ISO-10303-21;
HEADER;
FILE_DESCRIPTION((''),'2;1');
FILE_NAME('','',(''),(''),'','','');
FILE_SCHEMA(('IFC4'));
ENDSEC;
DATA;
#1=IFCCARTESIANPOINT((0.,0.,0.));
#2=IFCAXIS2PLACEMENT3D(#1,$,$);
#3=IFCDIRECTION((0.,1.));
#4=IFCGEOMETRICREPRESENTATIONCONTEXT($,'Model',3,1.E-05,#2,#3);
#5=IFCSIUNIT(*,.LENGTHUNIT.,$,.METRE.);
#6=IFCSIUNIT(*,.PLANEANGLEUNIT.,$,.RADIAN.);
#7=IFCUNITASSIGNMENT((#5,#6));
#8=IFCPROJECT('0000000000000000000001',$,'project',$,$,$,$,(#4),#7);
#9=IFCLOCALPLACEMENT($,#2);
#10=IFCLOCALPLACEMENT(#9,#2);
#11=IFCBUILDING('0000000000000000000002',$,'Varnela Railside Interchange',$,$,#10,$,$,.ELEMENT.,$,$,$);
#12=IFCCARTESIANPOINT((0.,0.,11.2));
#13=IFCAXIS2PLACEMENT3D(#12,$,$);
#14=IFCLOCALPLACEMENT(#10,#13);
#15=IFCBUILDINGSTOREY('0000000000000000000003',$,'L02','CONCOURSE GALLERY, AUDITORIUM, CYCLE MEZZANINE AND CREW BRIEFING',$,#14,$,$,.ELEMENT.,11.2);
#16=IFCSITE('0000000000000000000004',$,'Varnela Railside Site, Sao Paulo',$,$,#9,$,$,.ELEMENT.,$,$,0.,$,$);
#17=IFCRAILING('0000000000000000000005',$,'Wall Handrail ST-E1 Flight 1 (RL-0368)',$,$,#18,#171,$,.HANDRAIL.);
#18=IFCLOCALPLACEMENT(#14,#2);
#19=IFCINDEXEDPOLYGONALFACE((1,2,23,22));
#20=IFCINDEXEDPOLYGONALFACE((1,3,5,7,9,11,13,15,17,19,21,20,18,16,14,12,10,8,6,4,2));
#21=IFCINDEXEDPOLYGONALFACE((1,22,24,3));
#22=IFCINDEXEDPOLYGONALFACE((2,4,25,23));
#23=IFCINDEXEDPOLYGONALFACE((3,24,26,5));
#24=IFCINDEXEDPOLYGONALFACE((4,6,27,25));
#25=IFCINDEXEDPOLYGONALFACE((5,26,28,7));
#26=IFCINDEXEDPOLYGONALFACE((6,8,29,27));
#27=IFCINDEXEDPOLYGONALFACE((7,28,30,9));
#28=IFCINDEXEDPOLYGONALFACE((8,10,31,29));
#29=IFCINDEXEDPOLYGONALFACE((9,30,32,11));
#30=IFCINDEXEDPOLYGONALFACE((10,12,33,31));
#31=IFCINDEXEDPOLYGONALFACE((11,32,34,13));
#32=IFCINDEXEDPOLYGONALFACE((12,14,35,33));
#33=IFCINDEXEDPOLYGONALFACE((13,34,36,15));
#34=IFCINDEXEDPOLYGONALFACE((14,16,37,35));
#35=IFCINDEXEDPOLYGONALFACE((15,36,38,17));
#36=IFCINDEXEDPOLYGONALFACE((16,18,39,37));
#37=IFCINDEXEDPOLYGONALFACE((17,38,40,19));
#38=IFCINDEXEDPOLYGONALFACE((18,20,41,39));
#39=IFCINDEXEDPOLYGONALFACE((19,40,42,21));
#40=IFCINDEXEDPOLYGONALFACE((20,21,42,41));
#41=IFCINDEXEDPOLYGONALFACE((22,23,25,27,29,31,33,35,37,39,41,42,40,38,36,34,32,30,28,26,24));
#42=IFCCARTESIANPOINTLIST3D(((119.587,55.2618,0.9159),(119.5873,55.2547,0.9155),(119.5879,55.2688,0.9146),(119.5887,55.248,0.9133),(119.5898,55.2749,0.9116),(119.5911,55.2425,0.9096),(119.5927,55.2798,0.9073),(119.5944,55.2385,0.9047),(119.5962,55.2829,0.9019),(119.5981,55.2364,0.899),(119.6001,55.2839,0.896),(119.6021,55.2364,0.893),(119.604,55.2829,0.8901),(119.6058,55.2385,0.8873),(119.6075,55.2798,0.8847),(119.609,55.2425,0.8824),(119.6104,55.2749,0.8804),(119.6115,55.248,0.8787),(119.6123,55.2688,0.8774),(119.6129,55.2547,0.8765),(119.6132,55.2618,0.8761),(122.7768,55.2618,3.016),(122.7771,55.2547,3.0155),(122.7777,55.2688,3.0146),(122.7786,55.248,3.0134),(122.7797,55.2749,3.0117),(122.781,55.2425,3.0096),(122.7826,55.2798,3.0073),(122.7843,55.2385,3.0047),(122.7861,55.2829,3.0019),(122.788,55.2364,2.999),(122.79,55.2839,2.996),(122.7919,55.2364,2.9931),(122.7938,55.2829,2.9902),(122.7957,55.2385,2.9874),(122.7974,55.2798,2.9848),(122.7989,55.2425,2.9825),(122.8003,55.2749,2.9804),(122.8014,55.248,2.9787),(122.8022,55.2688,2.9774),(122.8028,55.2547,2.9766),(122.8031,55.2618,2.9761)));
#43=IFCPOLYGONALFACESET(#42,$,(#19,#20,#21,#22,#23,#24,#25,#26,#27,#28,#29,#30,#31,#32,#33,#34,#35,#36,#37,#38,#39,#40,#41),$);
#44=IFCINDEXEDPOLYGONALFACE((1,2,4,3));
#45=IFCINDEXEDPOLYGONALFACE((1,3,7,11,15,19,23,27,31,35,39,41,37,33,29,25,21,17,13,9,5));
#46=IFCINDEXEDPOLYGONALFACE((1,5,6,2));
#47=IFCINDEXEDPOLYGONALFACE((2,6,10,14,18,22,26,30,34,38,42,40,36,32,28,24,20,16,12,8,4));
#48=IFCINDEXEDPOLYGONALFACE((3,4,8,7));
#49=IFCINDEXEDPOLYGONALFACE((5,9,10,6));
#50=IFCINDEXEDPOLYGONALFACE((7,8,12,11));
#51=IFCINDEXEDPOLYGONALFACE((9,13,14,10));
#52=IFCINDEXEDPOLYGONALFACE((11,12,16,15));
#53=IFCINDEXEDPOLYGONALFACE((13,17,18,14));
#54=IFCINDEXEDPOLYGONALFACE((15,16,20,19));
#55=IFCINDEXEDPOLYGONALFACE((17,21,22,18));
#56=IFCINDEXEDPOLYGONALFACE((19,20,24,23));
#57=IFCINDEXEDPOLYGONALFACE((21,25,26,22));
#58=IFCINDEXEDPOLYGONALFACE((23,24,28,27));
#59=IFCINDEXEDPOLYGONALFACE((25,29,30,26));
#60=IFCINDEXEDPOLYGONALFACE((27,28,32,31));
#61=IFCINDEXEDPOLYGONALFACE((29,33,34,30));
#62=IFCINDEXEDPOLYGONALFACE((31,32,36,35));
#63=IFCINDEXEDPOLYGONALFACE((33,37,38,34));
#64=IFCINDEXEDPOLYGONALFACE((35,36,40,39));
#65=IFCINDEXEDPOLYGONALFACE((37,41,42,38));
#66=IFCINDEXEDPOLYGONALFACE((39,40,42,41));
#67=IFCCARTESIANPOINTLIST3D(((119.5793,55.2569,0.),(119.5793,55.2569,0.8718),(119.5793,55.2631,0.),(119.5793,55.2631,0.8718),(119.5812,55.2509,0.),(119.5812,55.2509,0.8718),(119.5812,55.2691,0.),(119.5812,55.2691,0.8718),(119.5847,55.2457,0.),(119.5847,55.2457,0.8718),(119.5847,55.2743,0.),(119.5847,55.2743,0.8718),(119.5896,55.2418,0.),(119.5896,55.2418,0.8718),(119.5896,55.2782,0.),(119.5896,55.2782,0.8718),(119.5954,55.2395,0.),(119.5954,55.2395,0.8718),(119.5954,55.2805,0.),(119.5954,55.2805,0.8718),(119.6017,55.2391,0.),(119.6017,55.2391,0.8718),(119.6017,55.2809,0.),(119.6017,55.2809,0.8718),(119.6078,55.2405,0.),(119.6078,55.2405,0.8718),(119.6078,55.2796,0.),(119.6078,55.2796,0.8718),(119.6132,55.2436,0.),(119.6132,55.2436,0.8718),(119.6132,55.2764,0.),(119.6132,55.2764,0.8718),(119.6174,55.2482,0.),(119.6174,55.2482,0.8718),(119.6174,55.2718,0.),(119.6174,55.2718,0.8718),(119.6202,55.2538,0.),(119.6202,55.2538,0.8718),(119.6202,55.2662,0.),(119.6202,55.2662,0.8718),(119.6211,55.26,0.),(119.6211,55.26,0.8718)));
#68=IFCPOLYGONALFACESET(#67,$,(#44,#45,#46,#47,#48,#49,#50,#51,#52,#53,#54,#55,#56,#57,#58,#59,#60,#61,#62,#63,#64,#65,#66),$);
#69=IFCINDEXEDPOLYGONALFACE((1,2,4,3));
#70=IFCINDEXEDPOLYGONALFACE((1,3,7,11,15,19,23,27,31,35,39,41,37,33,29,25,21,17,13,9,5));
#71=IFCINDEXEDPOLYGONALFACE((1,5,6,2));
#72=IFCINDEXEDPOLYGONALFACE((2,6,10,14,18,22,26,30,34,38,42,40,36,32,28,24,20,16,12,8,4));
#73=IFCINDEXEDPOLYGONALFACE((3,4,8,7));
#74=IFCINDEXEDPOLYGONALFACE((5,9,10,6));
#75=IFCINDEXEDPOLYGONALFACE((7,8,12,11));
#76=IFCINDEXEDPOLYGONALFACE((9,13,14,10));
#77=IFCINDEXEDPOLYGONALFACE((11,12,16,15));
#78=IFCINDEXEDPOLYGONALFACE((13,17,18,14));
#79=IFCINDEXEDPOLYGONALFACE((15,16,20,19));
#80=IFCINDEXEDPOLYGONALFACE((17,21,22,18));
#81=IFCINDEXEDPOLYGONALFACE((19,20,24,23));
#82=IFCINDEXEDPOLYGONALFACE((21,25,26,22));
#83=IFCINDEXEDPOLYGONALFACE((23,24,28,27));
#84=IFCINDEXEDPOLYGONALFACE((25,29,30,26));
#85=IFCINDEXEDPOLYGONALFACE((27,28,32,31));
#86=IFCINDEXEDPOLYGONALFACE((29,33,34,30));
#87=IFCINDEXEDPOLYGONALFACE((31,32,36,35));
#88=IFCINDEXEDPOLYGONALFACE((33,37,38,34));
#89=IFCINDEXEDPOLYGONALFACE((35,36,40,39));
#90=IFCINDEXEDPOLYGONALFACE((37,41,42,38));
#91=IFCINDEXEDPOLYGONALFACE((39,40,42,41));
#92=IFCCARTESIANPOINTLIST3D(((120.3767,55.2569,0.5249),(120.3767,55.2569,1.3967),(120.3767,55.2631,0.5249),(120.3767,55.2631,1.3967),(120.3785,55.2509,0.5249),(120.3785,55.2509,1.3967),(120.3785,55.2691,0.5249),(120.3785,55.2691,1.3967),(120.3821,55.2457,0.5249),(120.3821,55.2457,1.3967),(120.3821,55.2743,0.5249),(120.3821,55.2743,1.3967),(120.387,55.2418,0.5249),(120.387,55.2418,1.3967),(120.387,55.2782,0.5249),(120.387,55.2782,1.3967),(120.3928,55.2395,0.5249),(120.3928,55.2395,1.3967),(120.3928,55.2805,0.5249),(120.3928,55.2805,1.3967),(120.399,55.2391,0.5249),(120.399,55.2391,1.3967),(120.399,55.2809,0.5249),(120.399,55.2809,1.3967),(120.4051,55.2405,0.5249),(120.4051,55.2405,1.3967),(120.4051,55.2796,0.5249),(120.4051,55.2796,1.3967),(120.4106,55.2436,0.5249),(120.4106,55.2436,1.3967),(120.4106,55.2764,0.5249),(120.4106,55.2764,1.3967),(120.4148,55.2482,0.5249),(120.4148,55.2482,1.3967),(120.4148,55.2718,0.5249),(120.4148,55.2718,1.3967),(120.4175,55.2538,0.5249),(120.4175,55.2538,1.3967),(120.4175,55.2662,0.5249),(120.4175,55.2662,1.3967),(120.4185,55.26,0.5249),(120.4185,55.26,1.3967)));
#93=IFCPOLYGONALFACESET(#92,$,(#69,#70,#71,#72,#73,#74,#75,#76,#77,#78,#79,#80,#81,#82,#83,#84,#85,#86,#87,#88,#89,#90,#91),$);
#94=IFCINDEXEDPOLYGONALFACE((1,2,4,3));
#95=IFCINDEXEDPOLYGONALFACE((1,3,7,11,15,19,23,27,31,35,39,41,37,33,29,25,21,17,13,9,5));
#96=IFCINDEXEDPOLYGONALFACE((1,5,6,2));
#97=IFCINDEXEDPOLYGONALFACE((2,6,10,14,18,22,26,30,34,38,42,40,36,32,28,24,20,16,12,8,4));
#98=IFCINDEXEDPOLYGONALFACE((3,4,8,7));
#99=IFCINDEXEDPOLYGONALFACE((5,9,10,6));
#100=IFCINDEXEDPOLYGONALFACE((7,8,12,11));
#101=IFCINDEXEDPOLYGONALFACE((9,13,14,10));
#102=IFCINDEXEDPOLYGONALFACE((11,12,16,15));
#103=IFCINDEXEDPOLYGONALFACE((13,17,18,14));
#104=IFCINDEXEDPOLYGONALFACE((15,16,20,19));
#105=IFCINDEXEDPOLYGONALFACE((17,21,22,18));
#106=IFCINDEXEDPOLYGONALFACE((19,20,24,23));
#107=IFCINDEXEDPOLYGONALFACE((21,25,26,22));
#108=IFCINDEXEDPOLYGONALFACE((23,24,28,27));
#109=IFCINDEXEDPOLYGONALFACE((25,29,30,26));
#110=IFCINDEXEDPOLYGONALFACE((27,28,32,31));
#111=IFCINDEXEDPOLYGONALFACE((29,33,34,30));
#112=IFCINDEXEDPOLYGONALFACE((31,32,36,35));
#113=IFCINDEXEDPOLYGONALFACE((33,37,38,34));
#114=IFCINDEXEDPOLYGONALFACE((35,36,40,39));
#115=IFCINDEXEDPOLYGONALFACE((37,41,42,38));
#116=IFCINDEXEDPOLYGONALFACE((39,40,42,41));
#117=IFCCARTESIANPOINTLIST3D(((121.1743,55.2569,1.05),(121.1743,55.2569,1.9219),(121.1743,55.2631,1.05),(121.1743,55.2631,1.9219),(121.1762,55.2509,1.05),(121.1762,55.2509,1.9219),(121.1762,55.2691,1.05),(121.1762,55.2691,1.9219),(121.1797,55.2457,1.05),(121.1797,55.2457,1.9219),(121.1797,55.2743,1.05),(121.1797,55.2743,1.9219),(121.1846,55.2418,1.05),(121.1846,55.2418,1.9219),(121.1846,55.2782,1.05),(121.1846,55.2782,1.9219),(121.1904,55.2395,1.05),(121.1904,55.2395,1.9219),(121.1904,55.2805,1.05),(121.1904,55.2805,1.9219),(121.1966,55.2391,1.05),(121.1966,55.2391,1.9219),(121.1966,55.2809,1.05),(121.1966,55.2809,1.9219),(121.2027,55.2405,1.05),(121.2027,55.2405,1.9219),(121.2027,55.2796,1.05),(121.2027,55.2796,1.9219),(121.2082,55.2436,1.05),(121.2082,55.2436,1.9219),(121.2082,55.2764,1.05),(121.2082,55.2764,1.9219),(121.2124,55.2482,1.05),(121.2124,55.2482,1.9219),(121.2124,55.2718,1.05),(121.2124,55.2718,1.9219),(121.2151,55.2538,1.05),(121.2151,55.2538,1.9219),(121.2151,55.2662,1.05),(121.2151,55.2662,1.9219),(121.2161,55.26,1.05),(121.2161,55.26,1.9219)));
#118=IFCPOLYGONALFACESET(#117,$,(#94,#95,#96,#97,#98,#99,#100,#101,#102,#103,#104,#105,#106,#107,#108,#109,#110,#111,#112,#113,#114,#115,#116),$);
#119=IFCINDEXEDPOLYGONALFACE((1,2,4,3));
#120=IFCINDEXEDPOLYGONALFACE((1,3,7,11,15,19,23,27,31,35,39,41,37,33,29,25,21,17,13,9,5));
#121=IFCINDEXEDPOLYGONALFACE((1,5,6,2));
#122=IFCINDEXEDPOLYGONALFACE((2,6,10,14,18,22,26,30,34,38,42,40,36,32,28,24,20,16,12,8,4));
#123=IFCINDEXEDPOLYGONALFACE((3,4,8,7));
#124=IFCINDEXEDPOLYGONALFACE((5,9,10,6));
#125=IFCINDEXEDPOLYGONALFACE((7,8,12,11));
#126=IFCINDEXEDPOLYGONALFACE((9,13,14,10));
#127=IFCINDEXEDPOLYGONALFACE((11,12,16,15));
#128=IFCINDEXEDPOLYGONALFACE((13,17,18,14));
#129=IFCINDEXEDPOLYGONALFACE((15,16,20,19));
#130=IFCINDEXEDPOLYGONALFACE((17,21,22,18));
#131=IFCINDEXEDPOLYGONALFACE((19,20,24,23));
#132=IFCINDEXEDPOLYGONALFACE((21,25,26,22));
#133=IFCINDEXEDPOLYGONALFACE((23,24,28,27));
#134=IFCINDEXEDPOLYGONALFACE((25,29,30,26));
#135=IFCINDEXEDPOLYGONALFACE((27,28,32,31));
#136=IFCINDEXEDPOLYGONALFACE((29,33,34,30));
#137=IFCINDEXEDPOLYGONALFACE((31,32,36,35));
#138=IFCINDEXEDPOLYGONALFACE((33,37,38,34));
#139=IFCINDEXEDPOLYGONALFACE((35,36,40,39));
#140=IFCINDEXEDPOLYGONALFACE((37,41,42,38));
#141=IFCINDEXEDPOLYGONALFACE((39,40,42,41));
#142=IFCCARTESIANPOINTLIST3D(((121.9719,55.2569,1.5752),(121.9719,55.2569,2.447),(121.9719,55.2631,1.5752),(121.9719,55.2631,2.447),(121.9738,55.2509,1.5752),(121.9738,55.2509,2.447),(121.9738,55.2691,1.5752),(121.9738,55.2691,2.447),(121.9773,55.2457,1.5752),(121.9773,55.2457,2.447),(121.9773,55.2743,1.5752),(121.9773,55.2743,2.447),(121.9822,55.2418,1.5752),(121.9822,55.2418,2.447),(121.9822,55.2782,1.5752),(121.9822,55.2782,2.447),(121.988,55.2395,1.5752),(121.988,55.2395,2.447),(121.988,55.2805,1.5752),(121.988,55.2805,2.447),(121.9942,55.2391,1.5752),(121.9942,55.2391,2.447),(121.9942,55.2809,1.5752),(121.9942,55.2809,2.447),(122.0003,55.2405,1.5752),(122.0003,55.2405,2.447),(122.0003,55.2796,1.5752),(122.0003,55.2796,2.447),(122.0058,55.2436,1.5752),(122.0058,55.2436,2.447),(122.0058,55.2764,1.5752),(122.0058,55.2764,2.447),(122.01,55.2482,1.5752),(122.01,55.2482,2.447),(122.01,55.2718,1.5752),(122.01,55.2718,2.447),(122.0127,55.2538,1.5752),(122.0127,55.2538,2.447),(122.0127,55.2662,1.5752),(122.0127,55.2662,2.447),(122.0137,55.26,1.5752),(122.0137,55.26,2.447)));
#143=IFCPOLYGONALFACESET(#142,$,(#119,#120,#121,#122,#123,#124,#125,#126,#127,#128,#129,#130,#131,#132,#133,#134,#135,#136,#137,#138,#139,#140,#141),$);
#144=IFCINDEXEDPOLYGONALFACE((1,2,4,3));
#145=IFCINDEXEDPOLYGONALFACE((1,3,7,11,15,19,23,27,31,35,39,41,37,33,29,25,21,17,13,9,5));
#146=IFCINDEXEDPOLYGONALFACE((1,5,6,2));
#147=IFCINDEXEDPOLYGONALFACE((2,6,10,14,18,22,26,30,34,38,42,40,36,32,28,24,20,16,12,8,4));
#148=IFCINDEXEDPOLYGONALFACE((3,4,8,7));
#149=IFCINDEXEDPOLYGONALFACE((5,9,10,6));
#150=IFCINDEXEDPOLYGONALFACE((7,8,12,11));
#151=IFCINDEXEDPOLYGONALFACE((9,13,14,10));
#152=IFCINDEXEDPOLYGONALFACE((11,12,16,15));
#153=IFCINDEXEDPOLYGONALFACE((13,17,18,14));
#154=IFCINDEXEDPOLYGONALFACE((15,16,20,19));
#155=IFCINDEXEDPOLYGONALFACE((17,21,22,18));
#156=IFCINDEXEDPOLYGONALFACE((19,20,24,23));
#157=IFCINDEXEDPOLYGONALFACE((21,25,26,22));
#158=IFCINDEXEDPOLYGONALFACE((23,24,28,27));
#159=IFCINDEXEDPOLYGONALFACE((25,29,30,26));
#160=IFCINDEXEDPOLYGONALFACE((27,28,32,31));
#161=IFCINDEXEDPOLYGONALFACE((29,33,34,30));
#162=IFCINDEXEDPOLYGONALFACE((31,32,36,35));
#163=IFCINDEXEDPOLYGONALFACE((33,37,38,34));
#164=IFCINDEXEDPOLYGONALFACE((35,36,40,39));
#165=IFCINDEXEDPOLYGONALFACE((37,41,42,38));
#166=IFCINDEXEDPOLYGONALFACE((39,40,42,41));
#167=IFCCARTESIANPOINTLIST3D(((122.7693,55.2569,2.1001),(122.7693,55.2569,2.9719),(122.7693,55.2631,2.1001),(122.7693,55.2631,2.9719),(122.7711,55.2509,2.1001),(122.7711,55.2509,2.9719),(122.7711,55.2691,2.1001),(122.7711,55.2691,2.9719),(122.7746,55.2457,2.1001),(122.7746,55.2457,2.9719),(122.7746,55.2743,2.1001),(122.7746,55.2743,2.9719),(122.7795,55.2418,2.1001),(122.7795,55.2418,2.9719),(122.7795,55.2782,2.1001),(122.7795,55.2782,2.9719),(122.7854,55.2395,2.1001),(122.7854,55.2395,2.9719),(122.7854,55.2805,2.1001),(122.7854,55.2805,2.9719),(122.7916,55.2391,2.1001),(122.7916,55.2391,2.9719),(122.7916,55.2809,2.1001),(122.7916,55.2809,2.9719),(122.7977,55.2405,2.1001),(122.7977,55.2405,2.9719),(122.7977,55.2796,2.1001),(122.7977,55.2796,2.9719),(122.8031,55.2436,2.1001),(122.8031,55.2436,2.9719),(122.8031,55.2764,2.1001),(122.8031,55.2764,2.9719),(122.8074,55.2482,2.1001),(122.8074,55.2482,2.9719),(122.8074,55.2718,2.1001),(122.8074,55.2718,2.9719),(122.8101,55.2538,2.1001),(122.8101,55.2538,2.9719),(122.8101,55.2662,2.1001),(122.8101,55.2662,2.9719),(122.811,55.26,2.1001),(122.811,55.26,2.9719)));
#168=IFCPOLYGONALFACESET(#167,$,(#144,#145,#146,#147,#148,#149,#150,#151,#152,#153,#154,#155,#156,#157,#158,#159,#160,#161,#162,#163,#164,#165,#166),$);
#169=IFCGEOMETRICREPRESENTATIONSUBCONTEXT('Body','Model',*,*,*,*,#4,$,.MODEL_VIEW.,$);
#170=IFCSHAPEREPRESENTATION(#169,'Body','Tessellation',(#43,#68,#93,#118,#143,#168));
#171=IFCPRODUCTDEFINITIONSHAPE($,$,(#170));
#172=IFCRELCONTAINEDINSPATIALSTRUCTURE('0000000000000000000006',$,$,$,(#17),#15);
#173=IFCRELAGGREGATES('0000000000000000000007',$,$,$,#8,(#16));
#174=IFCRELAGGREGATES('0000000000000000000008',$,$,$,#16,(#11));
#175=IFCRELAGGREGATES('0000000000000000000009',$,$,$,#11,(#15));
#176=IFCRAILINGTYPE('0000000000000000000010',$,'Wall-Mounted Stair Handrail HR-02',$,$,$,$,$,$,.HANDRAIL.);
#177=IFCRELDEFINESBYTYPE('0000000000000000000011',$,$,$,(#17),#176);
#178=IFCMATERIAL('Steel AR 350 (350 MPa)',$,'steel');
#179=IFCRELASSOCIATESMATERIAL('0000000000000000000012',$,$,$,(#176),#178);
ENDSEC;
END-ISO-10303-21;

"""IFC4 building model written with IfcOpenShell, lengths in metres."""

from ifc_helpers import new_model, si_unit, direction, frame, origin, origin_2d, place, context, subcontext, project, spatial, circle, extrude, material, type_object, element, save


model = new_model("IFC4")

# Units and contexts
model_context = context("Model", 3, precision=1e-05, world=origin(), true_north=direction((0.0, 1.0)))
body_context = subcontext(model_context, "Body", "Model", "MODEL_VIEW")
ifc_project = project(units=[si_unit("LENGTHUNIT", "METRE"), si_unit("PLANEANGLEUNIT", "RADIAN")], contexts=[model_context])

# Site, building, storey
site_placement = place(None, origin())
site = spatial("IfcSite", under=ifc_project, at=site_placement, Name="Varnela Railside Site, Sao Paulo", CompositionType="ELEMENT", RefElevation=0.0)
building_placement = place(site_placement, origin())
building = spatial("IfcBuilding", under=site, at=building_placement, Name="Varnela Railside Interchange", CompositionType="ELEMENT")
storey_placement = place(building_placement, frame((0.0, 0.0, 11.2)))
storey = spatial("IfcBuildingStorey", under=building, at=storey_placement, Name="L02", Description="CONCOURSE GALLERY, AUDITORIUM, CYCLE MEZZANINE AND CREW BRIEFING", CompositionType="ELEMENT", Elevation=11.2)

# Shared definitions
ifc_material_1 = material(Name="Steel AR 350 (350 MPa)", Category="steel")

# Railing
railing_type_1 = type_object("IfcRailingType", Name="Wall-Mounted Stair Handrail HR-02", PredefinedType="HANDRAIL", material=ifc_material_1)
railing_1_placement = place(storey_placement, frame((119.6001, 55.26, 0.0)))
element("IfcRailing", 1, at=railing_1_placement, inside=storey, type_object=railing_type_1, Name="Wall Handrail ST-E1 Flight 1 (RL-0368)", PredefinedType="HANDRAIL", context=body_context, shape_type="SweptSolid", body=[
    extrude(circle(Radius=0.0239, at=origin_2d()), frame((0.0, 0.0, 0.896), z_axis=(0.835242, 0.0, 0.549882), x_axis=(0.0, 1.0, 0.0)), (0.0, 0.0, 1.0), 3.8191),
    extrude(circle(Radius=0.021, at=origin_2d()), origin(), (0.0, 0.0, 1.0), 0.8718),
    extrude(circle(Radius=0.021, at=origin_2d()), frame((0.7974, 0.0, 0.5249)), (0.0, 0.0, 1.0), 0.8718),
    extrude(circle(Radius=0.021, at=origin_2d()), frame((1.595, 0.0, 1.05)), (0.0, 0.0, 1.0), 0.8718),
    extrude(circle(Radius=0.021, at=origin_2d()), frame((2.3926, 0.0, 1.5752)), (0.0, 0.0, 1.0), 0.8718),
    extrude(circle(Radius=0.021, at=origin_2d()), frame((3.1899, 0.0, 2.1001)), (0.0, 0.0, 1.0), 0.8718),
])

save(model, "model.ifc")
